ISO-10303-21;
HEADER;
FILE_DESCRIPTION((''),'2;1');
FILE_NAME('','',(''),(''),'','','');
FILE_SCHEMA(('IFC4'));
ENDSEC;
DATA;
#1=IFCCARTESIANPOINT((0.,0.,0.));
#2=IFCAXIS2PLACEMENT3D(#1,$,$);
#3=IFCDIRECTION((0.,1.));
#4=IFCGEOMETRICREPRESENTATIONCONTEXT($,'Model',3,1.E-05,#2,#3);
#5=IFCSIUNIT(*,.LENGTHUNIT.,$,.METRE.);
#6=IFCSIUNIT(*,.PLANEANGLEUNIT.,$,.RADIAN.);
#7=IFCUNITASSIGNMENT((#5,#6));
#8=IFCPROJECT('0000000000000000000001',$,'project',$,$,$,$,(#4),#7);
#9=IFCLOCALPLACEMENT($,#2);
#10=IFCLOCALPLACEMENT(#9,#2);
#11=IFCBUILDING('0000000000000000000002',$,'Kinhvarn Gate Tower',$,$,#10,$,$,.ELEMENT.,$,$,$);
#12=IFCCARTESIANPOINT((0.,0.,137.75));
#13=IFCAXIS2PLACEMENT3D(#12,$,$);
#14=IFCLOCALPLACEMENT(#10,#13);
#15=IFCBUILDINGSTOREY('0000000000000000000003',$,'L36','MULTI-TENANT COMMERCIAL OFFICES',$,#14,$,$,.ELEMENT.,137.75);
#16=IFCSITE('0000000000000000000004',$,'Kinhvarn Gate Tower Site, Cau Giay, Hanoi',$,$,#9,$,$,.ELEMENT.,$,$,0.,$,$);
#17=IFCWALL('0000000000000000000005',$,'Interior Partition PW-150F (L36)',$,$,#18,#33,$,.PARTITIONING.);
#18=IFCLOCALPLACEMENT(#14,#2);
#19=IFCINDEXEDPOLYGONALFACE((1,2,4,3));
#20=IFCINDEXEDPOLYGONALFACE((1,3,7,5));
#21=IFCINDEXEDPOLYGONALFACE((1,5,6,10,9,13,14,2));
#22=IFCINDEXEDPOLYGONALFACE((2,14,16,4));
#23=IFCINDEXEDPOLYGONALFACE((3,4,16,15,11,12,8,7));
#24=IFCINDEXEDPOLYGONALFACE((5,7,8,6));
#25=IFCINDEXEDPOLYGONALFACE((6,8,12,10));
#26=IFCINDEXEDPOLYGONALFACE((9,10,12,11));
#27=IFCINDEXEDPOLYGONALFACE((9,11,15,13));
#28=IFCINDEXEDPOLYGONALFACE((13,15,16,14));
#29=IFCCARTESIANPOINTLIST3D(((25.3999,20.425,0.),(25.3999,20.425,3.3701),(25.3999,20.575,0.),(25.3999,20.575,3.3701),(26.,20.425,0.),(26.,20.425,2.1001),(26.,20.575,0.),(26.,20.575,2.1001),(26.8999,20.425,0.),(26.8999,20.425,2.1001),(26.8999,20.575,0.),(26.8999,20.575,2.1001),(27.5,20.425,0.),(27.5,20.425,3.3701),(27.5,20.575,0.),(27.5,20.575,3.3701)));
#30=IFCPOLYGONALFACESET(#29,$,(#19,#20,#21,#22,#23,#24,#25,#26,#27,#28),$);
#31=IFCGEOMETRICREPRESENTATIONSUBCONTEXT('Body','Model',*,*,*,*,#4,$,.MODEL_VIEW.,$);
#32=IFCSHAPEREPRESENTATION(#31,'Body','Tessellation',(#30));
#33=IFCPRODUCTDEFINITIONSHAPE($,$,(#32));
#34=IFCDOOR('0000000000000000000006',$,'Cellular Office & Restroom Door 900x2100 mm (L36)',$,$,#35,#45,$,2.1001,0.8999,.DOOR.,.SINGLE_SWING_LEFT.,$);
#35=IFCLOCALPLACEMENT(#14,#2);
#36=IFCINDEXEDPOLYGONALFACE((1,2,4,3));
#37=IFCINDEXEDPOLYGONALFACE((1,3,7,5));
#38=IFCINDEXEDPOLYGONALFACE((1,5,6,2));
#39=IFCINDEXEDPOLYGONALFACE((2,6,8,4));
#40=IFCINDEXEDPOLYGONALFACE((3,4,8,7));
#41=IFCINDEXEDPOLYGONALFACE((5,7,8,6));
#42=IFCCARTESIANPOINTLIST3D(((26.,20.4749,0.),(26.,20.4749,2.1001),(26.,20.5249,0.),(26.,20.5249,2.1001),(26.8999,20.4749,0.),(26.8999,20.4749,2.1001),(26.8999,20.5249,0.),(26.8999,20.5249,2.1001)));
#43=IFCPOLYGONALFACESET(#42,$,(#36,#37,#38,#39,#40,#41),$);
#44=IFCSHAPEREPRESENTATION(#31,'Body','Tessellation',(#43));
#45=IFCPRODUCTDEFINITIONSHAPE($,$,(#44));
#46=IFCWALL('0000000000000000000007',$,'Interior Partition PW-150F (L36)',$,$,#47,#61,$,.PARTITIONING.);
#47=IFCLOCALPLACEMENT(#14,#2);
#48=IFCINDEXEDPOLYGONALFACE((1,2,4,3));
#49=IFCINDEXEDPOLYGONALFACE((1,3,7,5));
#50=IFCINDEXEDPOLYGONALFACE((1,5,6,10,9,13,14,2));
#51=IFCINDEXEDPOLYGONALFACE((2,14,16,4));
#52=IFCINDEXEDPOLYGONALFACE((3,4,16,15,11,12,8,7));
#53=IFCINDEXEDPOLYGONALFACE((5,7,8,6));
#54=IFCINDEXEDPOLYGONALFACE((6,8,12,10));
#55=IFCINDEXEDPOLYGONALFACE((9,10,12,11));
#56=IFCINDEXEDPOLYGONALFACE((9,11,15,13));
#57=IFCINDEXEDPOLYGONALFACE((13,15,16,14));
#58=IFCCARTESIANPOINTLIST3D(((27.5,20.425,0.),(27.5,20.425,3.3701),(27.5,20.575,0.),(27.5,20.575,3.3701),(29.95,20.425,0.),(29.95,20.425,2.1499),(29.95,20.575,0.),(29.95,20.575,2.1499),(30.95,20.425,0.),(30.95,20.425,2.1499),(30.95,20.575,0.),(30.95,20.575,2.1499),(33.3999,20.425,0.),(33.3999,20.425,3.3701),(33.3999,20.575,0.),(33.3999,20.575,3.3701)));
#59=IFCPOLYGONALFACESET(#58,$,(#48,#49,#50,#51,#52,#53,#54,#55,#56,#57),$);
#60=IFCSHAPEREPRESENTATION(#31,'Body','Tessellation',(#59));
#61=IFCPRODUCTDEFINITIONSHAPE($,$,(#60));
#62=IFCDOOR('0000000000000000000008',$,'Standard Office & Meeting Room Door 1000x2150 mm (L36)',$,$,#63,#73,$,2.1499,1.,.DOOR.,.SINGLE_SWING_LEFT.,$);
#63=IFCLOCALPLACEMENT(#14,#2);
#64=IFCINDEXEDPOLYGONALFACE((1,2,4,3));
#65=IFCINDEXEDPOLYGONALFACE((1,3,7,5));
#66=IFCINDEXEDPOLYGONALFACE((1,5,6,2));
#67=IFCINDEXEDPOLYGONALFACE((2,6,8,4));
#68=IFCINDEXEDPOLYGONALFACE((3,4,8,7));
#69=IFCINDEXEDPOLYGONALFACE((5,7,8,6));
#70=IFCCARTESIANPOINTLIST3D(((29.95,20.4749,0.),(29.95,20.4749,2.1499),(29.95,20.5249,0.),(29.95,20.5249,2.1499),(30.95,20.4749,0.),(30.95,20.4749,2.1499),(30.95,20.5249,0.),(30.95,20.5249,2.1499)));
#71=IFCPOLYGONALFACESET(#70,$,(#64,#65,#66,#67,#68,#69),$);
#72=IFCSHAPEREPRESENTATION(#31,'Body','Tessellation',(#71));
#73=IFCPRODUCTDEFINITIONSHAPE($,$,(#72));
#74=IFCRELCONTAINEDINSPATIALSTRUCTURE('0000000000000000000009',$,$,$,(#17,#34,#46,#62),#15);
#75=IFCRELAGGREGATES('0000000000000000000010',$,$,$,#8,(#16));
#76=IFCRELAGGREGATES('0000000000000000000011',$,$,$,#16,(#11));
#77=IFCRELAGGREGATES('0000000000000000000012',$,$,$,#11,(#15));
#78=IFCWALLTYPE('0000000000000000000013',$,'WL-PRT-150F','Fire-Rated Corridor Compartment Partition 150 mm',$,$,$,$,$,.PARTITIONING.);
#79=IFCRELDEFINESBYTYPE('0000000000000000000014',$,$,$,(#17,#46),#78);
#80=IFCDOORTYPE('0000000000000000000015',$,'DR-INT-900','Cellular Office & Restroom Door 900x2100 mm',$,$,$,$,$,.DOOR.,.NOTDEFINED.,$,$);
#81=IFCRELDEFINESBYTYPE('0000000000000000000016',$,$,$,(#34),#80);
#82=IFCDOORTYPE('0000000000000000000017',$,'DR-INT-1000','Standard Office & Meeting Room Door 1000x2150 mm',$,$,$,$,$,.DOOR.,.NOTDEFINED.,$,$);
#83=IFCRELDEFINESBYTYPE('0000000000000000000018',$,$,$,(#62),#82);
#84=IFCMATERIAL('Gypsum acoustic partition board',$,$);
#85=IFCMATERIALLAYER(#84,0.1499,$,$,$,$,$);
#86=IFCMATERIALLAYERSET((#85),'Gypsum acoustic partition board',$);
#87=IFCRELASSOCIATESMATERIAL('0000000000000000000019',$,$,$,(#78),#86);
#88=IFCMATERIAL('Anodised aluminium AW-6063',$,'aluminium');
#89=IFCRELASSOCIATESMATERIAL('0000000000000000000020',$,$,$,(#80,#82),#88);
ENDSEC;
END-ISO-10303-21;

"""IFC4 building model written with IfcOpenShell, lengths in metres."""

from ifc_helpers import new_model, si_unit, direction, frame, frame_2d, origin, place, context, subcontext, project, spatial, rectangle, extrude, material, layer, layer_set, type_object, element, fill, save


model = new_model("IFC4")

# Units and contexts
model_context = context("Model", 3, precision=1e-05, world=origin(), true_north=direction((0.0, 1.0)))
body_context = subcontext(model_context, "Body", "Model", "MODEL_VIEW")
ifc_project = project(units=[si_unit("LENGTHUNIT", "METRE"), si_unit("PLANEANGLEUNIT", "RADIAN")], contexts=[model_context])

# Site, building, storey
site_placement = place(None, origin())
site = spatial("IfcSite", under=ifc_project, at=site_placement, Name="Kinhvarn Gate Tower Site, Cau Giay, Hanoi", CompositionType="ELEMENT", RefElevation=0.0)
building_placement = place(site_placement, origin())
building = spatial("IfcBuilding", under=site, at=building_placement, Name="Kinhvarn Gate Tower", CompositionType="ELEMENT")
storey_placement = place(building_placement, frame((0.0, 0.0, 137.75)))
storey = spatial("IfcBuildingStorey", under=building, at=storey_placement, Name="L36", Description="MULTI-TENANT COMMERCIAL OFFICES", CompositionType="ELEMENT", Elevation=137.75)

# Shared definitions
ifc_material_1 = material(Name="Gypsum acoustic partition board")

# Walls, openings, doors
ifc_layer_1 = layer(ifc_material_1, 0.1499)
ifc_layer_set_1 = layer_set([ifc_layer_1], Name="Gypsum acoustic partition board")
wall_type_1 = type_object("IfcWallType", Name="WL-PRT-150F", Description="Fire-Rated Corridor Compartment Partition 150 mm", PredefinedType="PARTITIONING", material=ifc_layer_set_1)
wall_1_placement = place(storey_placement, frame((25.3999, 20.5, 0.0), z_axis=(0.0, 0.0, 1.0), x_axis=(1.0, 0.0, 0.0)))
wall_1 = element("IfcWall", 1, at=wall_1_placement, inside=storey, type_object=wall_type_1, Name="Interior Partition PW-150F (L36)", PredefinedType="PARTITIONING", context=body_context, shape_type="SweptSolid", body=[
    extrude(rectangle(XDim=2.1001, YDim=0.1499, at=frame_2d((1.05, 0.0))), origin(), (0.0, 0.0, 1.0), 3.3701),
])
opening_1_placement = place(wall_1_placement, frame((0.6001, 0.0, 0.0)))
opening_1 = element("IfcOpeningElement", 2, at=opening_1_placement, cuts=wall_1, PredefinedType="OPENING", context=body_context, shape_type="SweptSolid", body=[
    extrude(rectangle(XDim=0.8999, YDim=2.1001, at=frame_2d((0.45, 1.05))), frame((0.0, 0.085, 0.0), z_axis=(0.0, -1.0, 0.0), x_axis=(1.0, 0.0, 0.0)), (0.0, 0.0, 1.0), 0.1699),
])
ifc_material_2 = material(Name="Anodised aluminium AW-6063", Category="aluminium")
door_type_1 = type_object("IfcDoorType", Name="DR-INT-900", Description="Cellular Office & Restroom Door 900x2100 mm", OperationType="NOTDEFINED", PredefinedType="DOOR", material=ifc_material_2)
door_1_placement = place(opening_1_placement, origin())
door_1 = element("IfcDoor", 3, at=door_1_placement, inside=storey, type_object=door_type_1, Name="Cellular Office & Restroom Door 900x2100 mm (L36)", OperationType="SINGLE_SWING_LEFT", OverallHeight=2.1001, OverallWidth=0.8999, PredefinedType="DOOR", context=body_context, shape_type="SweptSolid", body=[
    extrude(rectangle(XDim=0.8999, YDim=2.1001, at=frame_2d((0.45, 1.05))), frame((0.0, 0.0249, 0.0), z_axis=(0.0, -1.0, 0.0), x_axis=(1.0, 0.0, 0.0)), (0.0, 0.0, 1.0), 0.05),
])
fill(opening_1, door_1)
wall_2_placement = place(storey_placement, frame((27.5, 20.5, 0.0), z_axis=(0.0, 0.0, 1.0), x_axis=(1.0, 0.0, 0.0)))
wall_2 = element("IfcWall", 4, at=wall_2_placement, inside=storey, type_object=wall_type_1, Name="Interior Partition PW-150F (L36)", PredefinedType="PARTITIONING", context=body_context, shape_type="SweptSolid", body=[
    extrude(rectangle(XDim=5.8999, YDim=0.1499, at=frame_2d((2.95, 0.0))), origin(), (0.0, 0.0, 1.0), 3.3701),
])
opening_2_placement = place(wall_2_placement, frame((2.45, 0.0, 0.0)))
opening_2 = element("IfcOpeningElement", 5, at=opening_2_placement, cuts=wall_2, PredefinedType="OPENING", context=body_context, shape_type="SweptSolid", body=[
    extrude(rectangle(XDim=1.0, YDim=2.1499, at=frame_2d((0.5, 1.075))), frame((0.0, 0.085, 0.0), z_axis=(0.0, -1.0, 0.0), x_axis=(1.0, 0.0, 0.0)), (0.0, 0.0, 1.0), 0.1699),
])
door_type_2 = type_object("IfcDoorType", Name="DR-INT-1000", Description="Standard Office & Meeting Room Door 1000x2150 mm", OperationType="NOTDEFINED", PredefinedType="DOOR", material=ifc_material_2)
door_2_placement = place(opening_2_placement, origin())
door_2 = element("IfcDoor", 6, at=door_2_placement, inside=storey, type_object=door_type_2, Name="Standard Office & Meeting Room Door 1000x2150 mm (L36)", OperationType="SINGLE_SWING_LEFT", OverallHeight=2.1499, OverallWidth=1.0, PredefinedType="DOOR", context=body_context, shape_type="SweptSolid", body=[
    extrude(rectangle(XDim=1.0, YDim=2.1499, at=frame_2d((0.5, 1.075))), frame((0.0, 0.0249, 0.0), z_axis=(0.0, -1.0, 0.0), x_axis=(1.0, 0.0, 0.0)), (0.0, 0.0, 1.0), 0.05),
])
fill(opening_2, door_2)

save(model, "model.ifc")
